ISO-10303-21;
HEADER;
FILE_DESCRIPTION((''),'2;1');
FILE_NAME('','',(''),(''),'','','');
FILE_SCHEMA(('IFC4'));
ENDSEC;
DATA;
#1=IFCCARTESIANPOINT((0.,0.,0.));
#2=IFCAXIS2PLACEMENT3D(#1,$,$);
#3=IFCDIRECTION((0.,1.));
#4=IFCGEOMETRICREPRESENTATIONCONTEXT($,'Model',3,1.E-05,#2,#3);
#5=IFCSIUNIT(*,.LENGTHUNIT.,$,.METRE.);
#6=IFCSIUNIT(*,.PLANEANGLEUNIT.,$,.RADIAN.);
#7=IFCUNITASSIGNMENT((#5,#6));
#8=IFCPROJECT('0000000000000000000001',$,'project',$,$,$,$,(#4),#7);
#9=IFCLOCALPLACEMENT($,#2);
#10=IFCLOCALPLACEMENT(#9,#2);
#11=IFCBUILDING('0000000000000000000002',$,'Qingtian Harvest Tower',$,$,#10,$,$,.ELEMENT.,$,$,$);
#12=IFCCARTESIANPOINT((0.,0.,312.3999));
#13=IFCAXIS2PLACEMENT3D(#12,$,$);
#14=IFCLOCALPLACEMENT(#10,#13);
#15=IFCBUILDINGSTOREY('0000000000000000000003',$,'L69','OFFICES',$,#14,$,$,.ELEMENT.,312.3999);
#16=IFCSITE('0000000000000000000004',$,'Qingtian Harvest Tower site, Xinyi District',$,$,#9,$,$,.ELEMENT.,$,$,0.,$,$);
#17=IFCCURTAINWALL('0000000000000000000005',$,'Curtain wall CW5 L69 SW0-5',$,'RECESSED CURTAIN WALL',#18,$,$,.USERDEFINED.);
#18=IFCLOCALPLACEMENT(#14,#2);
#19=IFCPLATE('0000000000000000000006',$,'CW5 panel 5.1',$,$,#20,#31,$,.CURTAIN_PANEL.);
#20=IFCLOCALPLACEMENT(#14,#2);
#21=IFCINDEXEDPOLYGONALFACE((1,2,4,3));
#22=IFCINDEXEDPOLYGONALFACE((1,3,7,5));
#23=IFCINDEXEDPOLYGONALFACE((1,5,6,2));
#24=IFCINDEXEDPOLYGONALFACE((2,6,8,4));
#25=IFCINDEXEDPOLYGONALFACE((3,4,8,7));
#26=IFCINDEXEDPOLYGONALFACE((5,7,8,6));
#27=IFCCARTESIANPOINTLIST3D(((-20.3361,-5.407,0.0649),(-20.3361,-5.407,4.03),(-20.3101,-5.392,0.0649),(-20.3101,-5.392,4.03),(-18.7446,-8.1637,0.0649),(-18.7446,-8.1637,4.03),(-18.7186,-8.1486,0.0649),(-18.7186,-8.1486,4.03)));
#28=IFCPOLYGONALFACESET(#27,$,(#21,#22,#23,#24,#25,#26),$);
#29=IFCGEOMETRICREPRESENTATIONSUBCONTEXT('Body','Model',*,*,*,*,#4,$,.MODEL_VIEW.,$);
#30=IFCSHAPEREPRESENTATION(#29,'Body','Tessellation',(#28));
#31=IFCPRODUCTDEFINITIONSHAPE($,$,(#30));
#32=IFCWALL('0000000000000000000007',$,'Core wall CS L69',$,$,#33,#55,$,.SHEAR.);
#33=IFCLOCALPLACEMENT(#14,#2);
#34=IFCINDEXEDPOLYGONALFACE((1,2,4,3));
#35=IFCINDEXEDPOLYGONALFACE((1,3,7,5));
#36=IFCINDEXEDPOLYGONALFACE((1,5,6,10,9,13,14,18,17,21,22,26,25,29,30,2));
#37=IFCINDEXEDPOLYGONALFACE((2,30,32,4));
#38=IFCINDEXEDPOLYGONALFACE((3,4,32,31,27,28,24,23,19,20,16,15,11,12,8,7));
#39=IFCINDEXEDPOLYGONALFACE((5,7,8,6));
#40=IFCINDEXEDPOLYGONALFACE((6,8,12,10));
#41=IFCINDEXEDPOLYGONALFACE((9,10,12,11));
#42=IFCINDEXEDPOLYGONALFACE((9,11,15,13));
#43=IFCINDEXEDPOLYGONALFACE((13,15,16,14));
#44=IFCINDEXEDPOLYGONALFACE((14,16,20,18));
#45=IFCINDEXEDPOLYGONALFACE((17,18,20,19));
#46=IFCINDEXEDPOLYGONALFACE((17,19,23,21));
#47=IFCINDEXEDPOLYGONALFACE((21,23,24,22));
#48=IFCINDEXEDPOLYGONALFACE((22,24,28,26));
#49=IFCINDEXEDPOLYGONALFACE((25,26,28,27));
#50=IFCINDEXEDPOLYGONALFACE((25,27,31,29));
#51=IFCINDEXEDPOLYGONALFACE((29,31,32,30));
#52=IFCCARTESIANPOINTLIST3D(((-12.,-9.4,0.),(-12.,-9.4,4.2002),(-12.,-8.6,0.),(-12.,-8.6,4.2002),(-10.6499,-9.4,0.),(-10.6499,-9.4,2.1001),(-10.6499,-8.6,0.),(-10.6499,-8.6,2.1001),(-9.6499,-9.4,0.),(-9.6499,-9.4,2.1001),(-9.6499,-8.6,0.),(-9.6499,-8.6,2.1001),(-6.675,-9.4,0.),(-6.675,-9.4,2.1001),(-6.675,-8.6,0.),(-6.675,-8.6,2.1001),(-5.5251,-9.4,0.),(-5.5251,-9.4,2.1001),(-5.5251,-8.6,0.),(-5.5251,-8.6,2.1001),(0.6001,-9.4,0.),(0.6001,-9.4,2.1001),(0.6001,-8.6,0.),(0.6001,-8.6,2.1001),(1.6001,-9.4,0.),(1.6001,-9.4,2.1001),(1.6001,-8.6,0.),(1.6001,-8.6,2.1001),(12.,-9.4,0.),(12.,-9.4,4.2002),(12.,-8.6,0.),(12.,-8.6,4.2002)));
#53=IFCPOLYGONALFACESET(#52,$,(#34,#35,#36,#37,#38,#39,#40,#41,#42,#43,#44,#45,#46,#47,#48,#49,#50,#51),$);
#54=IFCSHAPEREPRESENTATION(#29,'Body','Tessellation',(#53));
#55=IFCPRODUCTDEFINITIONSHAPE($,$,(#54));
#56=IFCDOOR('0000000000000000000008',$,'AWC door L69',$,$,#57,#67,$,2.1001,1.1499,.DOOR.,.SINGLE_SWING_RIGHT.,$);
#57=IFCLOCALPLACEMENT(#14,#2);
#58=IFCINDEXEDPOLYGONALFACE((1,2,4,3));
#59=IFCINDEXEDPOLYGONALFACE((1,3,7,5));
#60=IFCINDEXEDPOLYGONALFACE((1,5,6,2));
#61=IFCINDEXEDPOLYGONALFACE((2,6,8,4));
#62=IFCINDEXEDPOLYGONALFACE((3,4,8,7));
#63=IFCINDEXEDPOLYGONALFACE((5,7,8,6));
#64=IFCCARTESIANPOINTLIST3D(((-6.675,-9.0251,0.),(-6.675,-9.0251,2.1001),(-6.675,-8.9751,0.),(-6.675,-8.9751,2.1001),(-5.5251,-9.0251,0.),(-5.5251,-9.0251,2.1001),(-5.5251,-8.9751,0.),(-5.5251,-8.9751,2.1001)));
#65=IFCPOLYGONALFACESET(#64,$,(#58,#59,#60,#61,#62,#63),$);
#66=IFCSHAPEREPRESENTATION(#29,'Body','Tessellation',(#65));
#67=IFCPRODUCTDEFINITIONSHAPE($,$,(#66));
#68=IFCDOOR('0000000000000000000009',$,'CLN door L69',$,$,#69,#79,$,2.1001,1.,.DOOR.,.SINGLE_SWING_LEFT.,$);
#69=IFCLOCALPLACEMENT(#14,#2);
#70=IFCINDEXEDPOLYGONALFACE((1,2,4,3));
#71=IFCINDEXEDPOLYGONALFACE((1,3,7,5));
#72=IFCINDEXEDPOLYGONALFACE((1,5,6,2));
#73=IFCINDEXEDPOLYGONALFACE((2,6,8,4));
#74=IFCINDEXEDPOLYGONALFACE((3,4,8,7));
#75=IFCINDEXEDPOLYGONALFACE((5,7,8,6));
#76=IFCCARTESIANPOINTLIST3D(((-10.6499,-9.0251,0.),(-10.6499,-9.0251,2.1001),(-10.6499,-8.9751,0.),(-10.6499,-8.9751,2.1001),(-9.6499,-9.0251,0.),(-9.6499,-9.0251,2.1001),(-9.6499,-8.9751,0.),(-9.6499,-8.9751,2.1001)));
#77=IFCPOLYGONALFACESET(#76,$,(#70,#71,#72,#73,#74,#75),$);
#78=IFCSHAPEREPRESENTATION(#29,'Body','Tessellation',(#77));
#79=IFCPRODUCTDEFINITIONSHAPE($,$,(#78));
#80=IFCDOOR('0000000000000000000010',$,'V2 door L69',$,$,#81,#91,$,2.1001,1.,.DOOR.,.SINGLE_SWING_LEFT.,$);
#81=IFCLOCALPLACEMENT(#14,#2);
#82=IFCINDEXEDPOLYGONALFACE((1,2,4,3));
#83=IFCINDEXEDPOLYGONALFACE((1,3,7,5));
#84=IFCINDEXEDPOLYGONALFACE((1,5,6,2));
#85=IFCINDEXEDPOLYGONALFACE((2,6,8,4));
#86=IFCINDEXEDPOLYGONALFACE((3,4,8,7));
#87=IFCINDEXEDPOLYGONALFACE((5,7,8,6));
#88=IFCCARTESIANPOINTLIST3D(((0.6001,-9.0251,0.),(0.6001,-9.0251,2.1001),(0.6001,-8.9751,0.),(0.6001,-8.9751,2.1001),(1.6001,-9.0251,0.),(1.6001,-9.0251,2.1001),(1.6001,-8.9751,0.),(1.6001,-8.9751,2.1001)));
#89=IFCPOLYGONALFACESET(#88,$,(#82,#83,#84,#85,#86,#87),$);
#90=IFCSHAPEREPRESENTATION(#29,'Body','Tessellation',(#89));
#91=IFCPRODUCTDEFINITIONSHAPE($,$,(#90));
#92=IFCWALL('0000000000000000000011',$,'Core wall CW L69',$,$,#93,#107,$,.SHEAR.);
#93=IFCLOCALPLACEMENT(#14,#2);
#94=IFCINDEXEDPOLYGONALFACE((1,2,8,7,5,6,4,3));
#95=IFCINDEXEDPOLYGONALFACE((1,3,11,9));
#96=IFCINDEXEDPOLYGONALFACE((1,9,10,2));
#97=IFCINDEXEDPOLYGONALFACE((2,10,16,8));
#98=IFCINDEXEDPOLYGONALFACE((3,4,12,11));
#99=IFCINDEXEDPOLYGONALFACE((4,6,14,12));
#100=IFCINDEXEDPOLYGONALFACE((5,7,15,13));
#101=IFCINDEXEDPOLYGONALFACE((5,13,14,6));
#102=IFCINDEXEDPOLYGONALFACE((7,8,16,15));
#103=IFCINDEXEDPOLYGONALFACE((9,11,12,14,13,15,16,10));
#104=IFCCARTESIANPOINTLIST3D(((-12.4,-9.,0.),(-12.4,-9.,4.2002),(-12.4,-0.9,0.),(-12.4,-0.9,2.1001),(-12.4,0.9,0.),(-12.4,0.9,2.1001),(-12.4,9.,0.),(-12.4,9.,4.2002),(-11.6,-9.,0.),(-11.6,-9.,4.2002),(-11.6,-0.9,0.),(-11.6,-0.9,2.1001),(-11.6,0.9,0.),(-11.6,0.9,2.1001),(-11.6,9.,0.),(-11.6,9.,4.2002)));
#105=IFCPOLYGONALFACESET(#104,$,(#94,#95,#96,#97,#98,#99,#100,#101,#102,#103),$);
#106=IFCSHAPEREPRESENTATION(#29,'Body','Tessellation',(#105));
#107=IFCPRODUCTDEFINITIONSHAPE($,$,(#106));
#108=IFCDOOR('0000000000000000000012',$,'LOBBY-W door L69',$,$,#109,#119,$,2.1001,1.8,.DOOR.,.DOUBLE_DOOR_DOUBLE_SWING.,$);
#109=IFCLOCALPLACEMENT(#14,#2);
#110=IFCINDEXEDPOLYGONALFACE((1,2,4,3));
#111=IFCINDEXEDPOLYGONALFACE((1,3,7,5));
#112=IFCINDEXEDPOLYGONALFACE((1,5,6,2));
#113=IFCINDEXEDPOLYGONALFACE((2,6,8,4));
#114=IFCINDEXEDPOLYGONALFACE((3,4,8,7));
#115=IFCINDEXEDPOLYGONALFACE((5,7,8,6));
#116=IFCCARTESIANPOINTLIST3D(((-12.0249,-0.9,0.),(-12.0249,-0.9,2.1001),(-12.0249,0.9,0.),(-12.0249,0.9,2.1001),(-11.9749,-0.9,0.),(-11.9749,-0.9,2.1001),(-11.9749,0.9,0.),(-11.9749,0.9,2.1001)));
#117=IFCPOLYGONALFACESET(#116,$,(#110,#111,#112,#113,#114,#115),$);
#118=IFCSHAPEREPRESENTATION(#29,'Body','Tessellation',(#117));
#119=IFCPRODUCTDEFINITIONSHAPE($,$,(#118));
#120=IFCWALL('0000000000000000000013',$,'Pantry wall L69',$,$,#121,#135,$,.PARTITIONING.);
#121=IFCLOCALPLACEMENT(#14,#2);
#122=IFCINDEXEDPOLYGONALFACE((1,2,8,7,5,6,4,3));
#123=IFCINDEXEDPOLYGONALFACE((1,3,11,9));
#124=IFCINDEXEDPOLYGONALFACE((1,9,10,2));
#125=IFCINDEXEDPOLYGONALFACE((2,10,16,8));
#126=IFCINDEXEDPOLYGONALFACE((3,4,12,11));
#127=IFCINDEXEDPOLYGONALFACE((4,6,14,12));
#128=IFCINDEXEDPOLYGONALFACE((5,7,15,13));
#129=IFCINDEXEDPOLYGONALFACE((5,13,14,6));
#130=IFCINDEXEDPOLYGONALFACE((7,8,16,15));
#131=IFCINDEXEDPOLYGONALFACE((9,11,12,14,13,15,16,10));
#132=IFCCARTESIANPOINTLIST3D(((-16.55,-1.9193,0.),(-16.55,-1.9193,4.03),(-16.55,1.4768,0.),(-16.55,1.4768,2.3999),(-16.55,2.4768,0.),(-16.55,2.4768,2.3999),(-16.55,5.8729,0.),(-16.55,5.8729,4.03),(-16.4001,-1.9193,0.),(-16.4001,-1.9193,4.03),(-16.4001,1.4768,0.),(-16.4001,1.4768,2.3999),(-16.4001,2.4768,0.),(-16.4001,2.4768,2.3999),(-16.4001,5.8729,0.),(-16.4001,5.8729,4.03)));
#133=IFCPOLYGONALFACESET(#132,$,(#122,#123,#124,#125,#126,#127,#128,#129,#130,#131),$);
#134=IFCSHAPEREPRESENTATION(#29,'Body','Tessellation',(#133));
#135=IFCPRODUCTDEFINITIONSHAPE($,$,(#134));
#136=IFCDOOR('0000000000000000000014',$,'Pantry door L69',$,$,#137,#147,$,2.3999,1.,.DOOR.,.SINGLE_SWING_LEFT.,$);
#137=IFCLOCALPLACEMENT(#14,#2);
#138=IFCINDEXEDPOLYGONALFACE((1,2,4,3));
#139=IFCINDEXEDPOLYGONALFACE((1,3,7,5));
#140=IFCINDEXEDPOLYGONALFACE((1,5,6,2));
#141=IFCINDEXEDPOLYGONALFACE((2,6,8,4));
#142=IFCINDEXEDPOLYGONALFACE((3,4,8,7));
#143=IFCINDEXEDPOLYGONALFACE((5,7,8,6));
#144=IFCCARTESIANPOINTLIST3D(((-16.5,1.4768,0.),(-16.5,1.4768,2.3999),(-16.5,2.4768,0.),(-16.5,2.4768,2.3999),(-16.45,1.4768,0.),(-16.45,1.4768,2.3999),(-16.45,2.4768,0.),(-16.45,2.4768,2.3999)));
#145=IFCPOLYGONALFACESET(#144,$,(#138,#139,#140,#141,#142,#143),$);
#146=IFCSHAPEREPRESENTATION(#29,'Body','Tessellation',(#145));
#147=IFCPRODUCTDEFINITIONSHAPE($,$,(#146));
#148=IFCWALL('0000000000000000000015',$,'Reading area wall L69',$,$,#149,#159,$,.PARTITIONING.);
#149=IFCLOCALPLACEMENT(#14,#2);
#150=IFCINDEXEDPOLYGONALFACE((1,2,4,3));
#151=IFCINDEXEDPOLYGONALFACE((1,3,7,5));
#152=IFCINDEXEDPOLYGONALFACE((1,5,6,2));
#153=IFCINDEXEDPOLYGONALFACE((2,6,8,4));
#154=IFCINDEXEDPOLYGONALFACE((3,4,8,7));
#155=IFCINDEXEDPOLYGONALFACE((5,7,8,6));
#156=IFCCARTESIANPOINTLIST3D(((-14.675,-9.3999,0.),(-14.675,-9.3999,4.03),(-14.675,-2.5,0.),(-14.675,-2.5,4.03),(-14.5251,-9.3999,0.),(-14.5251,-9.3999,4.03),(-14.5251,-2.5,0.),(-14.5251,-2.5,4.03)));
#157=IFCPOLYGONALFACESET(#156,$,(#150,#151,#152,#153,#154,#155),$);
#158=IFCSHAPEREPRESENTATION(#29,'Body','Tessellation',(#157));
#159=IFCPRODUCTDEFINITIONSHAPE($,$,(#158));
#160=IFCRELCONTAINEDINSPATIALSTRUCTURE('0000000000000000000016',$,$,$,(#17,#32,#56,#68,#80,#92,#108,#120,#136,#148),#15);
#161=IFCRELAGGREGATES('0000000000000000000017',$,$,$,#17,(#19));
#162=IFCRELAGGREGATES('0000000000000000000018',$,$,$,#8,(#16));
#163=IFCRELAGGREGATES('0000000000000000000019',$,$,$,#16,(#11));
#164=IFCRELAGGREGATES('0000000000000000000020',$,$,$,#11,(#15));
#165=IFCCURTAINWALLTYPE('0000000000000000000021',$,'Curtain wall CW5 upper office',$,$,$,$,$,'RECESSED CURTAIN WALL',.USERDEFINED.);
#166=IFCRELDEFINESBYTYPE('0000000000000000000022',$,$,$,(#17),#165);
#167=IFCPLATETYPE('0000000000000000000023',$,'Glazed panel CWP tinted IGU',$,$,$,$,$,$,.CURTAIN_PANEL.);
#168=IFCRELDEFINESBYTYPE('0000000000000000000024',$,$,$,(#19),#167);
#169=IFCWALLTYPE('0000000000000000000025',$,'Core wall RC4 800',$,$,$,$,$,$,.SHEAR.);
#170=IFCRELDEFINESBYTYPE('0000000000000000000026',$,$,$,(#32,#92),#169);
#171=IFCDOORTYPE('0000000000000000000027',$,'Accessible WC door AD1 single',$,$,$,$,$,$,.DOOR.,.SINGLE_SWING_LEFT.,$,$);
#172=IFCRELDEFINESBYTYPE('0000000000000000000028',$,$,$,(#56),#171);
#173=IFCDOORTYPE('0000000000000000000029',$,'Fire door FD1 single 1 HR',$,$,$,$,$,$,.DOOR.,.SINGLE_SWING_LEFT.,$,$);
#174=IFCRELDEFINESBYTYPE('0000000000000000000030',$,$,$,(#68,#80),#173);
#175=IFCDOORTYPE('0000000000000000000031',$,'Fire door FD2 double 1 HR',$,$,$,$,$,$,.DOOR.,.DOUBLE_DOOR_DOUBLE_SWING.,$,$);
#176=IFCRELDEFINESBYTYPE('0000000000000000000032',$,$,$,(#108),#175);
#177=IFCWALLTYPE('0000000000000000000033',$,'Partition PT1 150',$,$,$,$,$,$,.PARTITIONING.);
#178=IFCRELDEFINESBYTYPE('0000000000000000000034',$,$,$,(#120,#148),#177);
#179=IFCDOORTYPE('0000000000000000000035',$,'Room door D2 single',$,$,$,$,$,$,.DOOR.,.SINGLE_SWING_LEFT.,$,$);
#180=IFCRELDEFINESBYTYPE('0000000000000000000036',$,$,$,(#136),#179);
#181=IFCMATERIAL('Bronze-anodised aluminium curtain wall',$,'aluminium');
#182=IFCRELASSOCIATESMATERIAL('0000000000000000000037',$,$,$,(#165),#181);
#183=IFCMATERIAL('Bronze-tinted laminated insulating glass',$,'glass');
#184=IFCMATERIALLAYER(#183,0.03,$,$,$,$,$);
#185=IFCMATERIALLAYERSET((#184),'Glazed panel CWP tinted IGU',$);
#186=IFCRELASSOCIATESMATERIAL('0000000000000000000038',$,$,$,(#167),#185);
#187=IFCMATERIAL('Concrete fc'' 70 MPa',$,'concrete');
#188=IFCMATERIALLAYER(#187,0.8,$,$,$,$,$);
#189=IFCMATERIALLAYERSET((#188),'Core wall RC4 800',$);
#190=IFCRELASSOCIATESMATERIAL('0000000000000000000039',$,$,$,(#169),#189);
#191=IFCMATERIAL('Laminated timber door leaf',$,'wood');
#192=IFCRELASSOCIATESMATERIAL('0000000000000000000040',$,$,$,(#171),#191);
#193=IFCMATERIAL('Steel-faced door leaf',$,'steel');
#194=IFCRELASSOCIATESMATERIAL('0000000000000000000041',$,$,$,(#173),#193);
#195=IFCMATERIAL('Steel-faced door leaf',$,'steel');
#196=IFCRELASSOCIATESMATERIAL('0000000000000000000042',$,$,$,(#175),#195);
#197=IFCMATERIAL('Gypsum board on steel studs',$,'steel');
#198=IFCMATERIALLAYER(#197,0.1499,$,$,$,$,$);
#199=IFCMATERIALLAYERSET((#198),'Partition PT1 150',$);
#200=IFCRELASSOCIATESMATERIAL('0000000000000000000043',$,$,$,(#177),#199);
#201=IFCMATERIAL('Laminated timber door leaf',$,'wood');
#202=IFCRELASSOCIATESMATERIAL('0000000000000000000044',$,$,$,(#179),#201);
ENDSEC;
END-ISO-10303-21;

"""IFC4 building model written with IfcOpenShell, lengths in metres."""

from ifc_helpers import new_model, si_unit, direction, frame, frame_2d, origin, origin_2d, place, context, subcontext, project, spatial, rectangle, extrude, material, layer, layer_set, type_object, element, fill, aggregate, save


model = new_model("IFC4")

# Units and contexts
model_context = context("Model", 3, precision=1e-05, world=origin(), true_north=direction((0.0, 1.0)))
body_context = subcontext(model_context, "Body", "Model", "MODEL_VIEW")
ifc_project = project(units=[si_unit("LENGTHUNIT", "METRE"), si_unit("PLANEANGLEUNIT", "RADIAN")], contexts=[model_context])

# Site, building, storey
site_placement = place(None, origin())
site = spatial("IfcSite", under=ifc_project, at=site_placement, Name="Qingtian Harvest Tower site, Xinyi District", CompositionType="ELEMENT", RefElevation=0.0)
building_placement = place(site_placement, origin())
building = spatial("IfcBuilding", under=site, at=building_placement, Name="Qingtian Harvest Tower", CompositionType="ELEMENT")
storey_placement = place(building_placement, frame((0.0, 0.0, 312.3999)))
storey = spatial("IfcBuildingStorey", under=building, at=storey_placement, Name="L69", Description="OFFICES", CompositionType="ELEMENT", Elevation=312.3999)

# Curtain wall
ifc_material_1 = material(Name="Bronze-anodised aluminium curtain wall", Category="aluminium")
curtain_wall_type = type_object("IfcCurtainWallType", Name="Curtain wall CW5 upper office", ElementType="RECESSED CURTAIN WALL", PredefinedType="USERDEFINED", material=ifc_material_1)
curtain_wall_placement = place(storey_placement, origin())
curtain_wall = element("IfcCurtainWall", 1, at=curtain_wall_placement, inside=storey, type_object=curtain_wall_type, Name="Curtain wall CW5 L69 SW0-5", ObjectType="RECESSED CURTAIN WALL", PredefinedType="USERDEFINED")

# Plate
ifc_material_2 = material(Name="Bronze-tinted laminated insulating glass", Category="glass")
ifc_layer_1 = layer(ifc_material_2, 0.03)
ifc_layer_set_1 = layer_set([ifc_layer_1], Name="Glazed panel CWP tinted IGU")
plate_type = type_object("IfcPlateType", Name="Glazed panel CWP tinted IGU", PredefinedType="CURTAIN_PANEL", material=ifc_layer_set_1)
plate_1_placement = place(storey_placement, frame((-19.5273, -6.7778, 0.0649), z_axis=(0.0, 0.0, 1.0), x_axis=(-0.5, 0.866025, 0.0)))
plate_1 = element("IfcPlate", 2, at=plate_1_placement, type_object=plate_type, Name="CW5 panel 5.1", PredefinedType="CURTAIN_PANEL", context=body_context, shape_type="SweptSolid", body=[
    extrude(rectangle(XDim=3.1831, YDim=0.03, at=origin_2d()), origin(), (0.0, 0.0, 1.0), 3.9651),
])
aggregate(curtain_wall, [plate_1])

# Wall, openings, doors
ifc_material_3 = material(Name="Concrete fc' 70 MPa", Category="concrete")
ifc_layer_2 = layer(ifc_material_3, 0.8)
ifc_layer_set_2 = layer_set([ifc_layer_2], Name="Core wall RC4 800")
wall_type_1 = type_object("IfcWallType", Name="Core wall RC4 800", PredefinedType="SHEAR", material=ifc_layer_set_2)
wall_1_placement = place(storey_placement, frame((-12.0, -9.0, 0.0), z_axis=(0.0, 0.0, 1.0), x_axis=(1.0, 0.0, 0.0)))
wall_1 = element("IfcWall", 3, at=wall_1_placement, inside=storey, type_object=wall_type_1, Name="Core wall CS L69", PredefinedType="SHEAR", context=body_context, shape_type="SweptSolid", body=[
    extrude(rectangle(XDim=24.0, YDim=0.8, at=frame_2d((12.0, 0.0))), origin(), (0.0, 0.0, 1.0), 4.2002),
])
opening_1_placement = place(wall_1_placement, frame((1.3501, 0.0, 0.0)))
opening_1 = element("IfcOpeningElement", 4, at=opening_1_placement, cuts=wall_1, PredefinedType="OPENING", context=body_context, shape_type="SweptSolid", body=[
    extrude(rectangle(XDim=1.0, YDim=2.1001, at=frame_2d((0.5, 1.05))), frame((0.0, 0.4099, 0.0), z_axis=(0.0, -1.0, 0.0), x_axis=(1.0, 0.0, 0.0)), (0.0, 0.0, 1.0), 0.8201),
])
opening_2_placement = place(wall_1_placement, frame((5.325, 0.0, 0.0)))
opening_2 = element("IfcOpeningElement", 5, at=opening_2_placement, cuts=wall_1, PredefinedType="OPENING", context=body_context, shape_type="SweptSolid", body=[
    extrude(rectangle(XDim=1.1499, YDim=2.1001, at=frame_2d((0.575, 1.05))), frame((0.0, 0.4099, 0.0), z_axis=(0.0, -1.0, 0.0), x_axis=(1.0, 0.0, 0.0)), (0.0, 0.0, 1.0), 0.8201),
])
opening_3_placement = place(wall_1_placement, frame((12.6001, 0.0, 0.0)))
opening_3 = element("IfcOpeningElement", 6, at=opening_3_placement, cuts=wall_1, PredefinedType="OPENING", context=body_context, shape_type="SweptSolid", body=[
    extrude(rectangle(XDim=1.0, YDim=2.1001, at=frame_2d((0.5, 1.05))), frame((0.0, 0.4099, 0.0), z_axis=(0.0, -1.0, 0.0), x_axis=(1.0, 0.0, 0.0)), (0.0, 0.0, 1.0), 0.8201),
])
ifc_material_4 = material(Name="Laminated timber door leaf", Category="wood")
door_type_1 = type_object("IfcDoorType", Name="Accessible WC door AD1 single", OperationType="SINGLE_SWING_LEFT", PredefinedType="DOOR", material=ifc_material_4)
door_1_placement = place(opening_2_placement, origin())
door_1 = element("IfcDoor", 7, at=door_1_placement, inside=storey, type_object=door_type_1, Name="AWC door L69", OperationType="SINGLE_SWING_RIGHT", OverallHeight=2.1001, OverallWidth=1.1499, PredefinedType="DOOR", context=body_context, shape_type="SweptSolid", body=[
    extrude(rectangle(XDim=1.1499, YDim=2.1001, at=frame_2d((0.575, 1.05))), frame((0.0, 0.0249, 0.0), z_axis=(0.0, -1.0, 0.0), x_axis=(1.0, 0.0, 0.0)), (0.0, 0.0, 1.0), 0.05),
])
fill(opening_2, door_1)
ifc_material_5 = material(Name="Steel-faced door leaf", Category="steel")
door_type_2 = type_object("IfcDoorType", Name="Fire door FD1 single 1 HR", OperationType="SINGLE_SWING_LEFT", PredefinedType="DOOR", material=ifc_material_5)
door_2_placement = place(opening_1_placement, origin())
door_2 = element("IfcDoor", 8, at=door_2_placement, inside=storey, type_object=door_type_2, Name="CLN door L69", OperationType="SINGLE_SWING_LEFT", OverallHeight=2.1001, OverallWidth=1.0, PredefinedType="DOOR", context=body_context, shape_type="SweptSolid", body=[
    extrude(rectangle(XDim=1.0, YDim=2.1001, at=frame_2d((0.5, 1.05))), frame((0.0, 0.0249, 0.0), z_axis=(0.0, -1.0, 0.0), x_axis=(1.0, 0.0, 0.0)), (0.0, 0.0, 1.0), 0.05),
])
fill(opening_1, door_2)
door_3_placement = place(opening_3_placement, origin())
door_3 = element("IfcDoor", 9, at=door_3_placement, inside=storey, type_object=door_type_2, Name="V2 door L69", OperationType="SINGLE_SWING_LEFT", OverallHeight=2.1001, OverallWidth=1.0, PredefinedType="DOOR", context=body_context, shape_type="SweptSolid", body=[
    extrude(rectangle(XDim=1.0, YDim=2.1001, at=frame_2d((0.5, 1.05))), frame((0.0, 0.0249, 0.0), z_axis=(0.0, -1.0, 0.0), x_axis=(1.0, 0.0, 0.0)), (0.0, 0.0, 1.0), 0.05),
])
fill(opening_3, door_3)

# Walls, openings, doors
wall_2_placement = place(storey_placement, frame((-12.0, -9.0, 0.0), z_axis=(0.0, 0.0, 1.0), x_axis=(0.0, 1.0, 0.0)))
wall_2 = element("IfcWall", 10, at=wall_2_placement, inside=storey, type_object=wall_type_1, Name="Core wall CW L69", PredefinedType="SHEAR", context=body_context, shape_type="SweptSolid", body=[
    extrude(rectangle(XDim=18.0, YDim=0.8, at=frame_2d((9.0, 0.0))), origin(), (0.0, 0.0, 1.0), 4.2002),
])
opening_4_placement = place(wall_2_placement, frame((8.1001, 0.0, 0.0)))
opening_4 = element("IfcOpeningElement", 11, at=opening_4_placement, cuts=wall_2, PredefinedType="OPENING", context=body_context, shape_type="SweptSolid", body=[
    extrude(rectangle(XDim=1.8, YDim=2.1001, at=frame_2d((0.8999, 1.05))), frame((0.0, 0.4099, 0.0), z_axis=(0.0, -1.0, 0.0), x_axis=(1.0, 0.0, 0.0)), (0.0, 0.0, 1.0), 0.8201),
])
ifc_material_6 = material(Name="Steel-faced door leaf", Category="steel")
door_type_3 = type_object("IfcDoorType", Name="Fire door FD2 double 1 HR", OperationType="DOUBLE_DOOR_DOUBLE_SWING", PredefinedType="DOOR", material=ifc_material_6)
door_4_placement = place(opening_4_placement, origin())
door_4 = element("IfcDoor", 12, at=door_4_placement, inside=storey, type_object=door_type_3, Name="LOBBY-W door L69", OperationType="DOUBLE_DOOR_DOUBLE_SWING", OverallHeight=2.1001, OverallWidth=1.8, PredefinedType="DOOR", context=body_context, shape_type="SweptSolid", body=[
    extrude(rectangle(XDim=1.8, YDim=2.1001, at=frame_2d((0.8999, 1.05))), frame((0.0, 0.0249, 0.0), z_axis=(0.0, -1.0, 0.0), x_axis=(1.0, 0.0, 0.0)), (0.0, 0.0, 1.0), 0.05),
])
fill(opening_4, door_4)
ifc_material_7 = material(Name="Gypsum board on steel studs", Category="steel")
ifc_layer_3 = layer(ifc_material_7, 0.1499)
ifc_layer_set_3 = layer_set([ifc_layer_3], Name="Partition PT1 150")
wall_type_2 = type_object("IfcWallType", Name="Partition PT1 150", PredefinedType="PARTITIONING", material=ifc_layer_set_3)
wall_3_placement = place(storey_placement, frame((-16.4751, -1.9192, 0.0), z_axis=(0.0, 0.0, 1.0), x_axis=(0.0, 1.0, 0.0)))
wall_3 = element("IfcWall", 13, at=wall_3_placement, inside=storey, type_object=wall_type_2, Name="Pantry wall L69", PredefinedType="PARTITIONING", context=body_context, shape_type="SweptSolid", body=[
    extrude(rectangle(XDim=7.7922, YDim=0.1499, at=frame_2d((3.896, 0.0))), origin(), (0.0, 0.0, 1.0), 4.03),
])
opening_5_placement = place(wall_3_placement, frame((3.396, 0.0, 0.0)))
opening_5 = element("IfcOpeningElement", 14, at=opening_5_placement, cuts=wall_3, PredefinedType="OPENING", context=body_context, shape_type="SweptSolid", body=[
    extrude(rectangle(XDim=1.0, YDim=2.3999, at=frame_2d((0.5, 1.2))), frame((0.0, 0.085, 0.0), z_axis=(0.0, -1.0, 0.0), x_axis=(1.0, 0.0, 0.0)), (0.0, 0.0, 1.0), 0.1699),
])
ifc_material_8 = material(Name="Laminated timber door leaf", Category="wood")
door_type_4 = type_object("IfcDoorType", Name="Room door D2 single", OperationType="SINGLE_SWING_LEFT", PredefinedType="DOOR", material=ifc_material_8)
door_5_placement = place(opening_5_placement, origin())
door_5 = element("IfcDoor", 15, at=door_5_placement, inside=storey, type_object=door_type_4, Name="Pantry door L69", OperationType="SINGLE_SWING_LEFT", OverallHeight=2.3999, OverallWidth=1.0, PredefinedType="DOOR", context=body_context, shape_type="SweptSolid", body=[
    extrude(rectangle(XDim=1.0, YDim=2.3999, at=frame_2d((0.5, 1.2))), frame((0.0, 0.0249, 0.0), z_axis=(0.0, -1.0, 0.0), x_axis=(1.0, 0.0, 0.0)), (0.0, 0.0, 1.0), 0.05),
])
fill(opening_5, door_5)

# Wall
wall_4_placement = place(storey_placement, frame((-14.6001, -9.3999, 0.0), z_axis=(0.0, 0.0, 1.0), x_axis=(0.0, 1.0, 0.0)))
element("IfcWall", 16, at=wall_4_placement, inside=storey, type_object=wall_type_2, Name="Reading area wall L69", PredefinedType="PARTITIONING", context=body_context, shape_type="SweptSolid", body=[
    extrude(rectangle(XDim=6.8999, YDim=0.1499, at=frame_2d((3.45, 0.0))), origin(), (0.0, 0.0, 1.0), 4.03),
])

save(model, "model.ifc")
